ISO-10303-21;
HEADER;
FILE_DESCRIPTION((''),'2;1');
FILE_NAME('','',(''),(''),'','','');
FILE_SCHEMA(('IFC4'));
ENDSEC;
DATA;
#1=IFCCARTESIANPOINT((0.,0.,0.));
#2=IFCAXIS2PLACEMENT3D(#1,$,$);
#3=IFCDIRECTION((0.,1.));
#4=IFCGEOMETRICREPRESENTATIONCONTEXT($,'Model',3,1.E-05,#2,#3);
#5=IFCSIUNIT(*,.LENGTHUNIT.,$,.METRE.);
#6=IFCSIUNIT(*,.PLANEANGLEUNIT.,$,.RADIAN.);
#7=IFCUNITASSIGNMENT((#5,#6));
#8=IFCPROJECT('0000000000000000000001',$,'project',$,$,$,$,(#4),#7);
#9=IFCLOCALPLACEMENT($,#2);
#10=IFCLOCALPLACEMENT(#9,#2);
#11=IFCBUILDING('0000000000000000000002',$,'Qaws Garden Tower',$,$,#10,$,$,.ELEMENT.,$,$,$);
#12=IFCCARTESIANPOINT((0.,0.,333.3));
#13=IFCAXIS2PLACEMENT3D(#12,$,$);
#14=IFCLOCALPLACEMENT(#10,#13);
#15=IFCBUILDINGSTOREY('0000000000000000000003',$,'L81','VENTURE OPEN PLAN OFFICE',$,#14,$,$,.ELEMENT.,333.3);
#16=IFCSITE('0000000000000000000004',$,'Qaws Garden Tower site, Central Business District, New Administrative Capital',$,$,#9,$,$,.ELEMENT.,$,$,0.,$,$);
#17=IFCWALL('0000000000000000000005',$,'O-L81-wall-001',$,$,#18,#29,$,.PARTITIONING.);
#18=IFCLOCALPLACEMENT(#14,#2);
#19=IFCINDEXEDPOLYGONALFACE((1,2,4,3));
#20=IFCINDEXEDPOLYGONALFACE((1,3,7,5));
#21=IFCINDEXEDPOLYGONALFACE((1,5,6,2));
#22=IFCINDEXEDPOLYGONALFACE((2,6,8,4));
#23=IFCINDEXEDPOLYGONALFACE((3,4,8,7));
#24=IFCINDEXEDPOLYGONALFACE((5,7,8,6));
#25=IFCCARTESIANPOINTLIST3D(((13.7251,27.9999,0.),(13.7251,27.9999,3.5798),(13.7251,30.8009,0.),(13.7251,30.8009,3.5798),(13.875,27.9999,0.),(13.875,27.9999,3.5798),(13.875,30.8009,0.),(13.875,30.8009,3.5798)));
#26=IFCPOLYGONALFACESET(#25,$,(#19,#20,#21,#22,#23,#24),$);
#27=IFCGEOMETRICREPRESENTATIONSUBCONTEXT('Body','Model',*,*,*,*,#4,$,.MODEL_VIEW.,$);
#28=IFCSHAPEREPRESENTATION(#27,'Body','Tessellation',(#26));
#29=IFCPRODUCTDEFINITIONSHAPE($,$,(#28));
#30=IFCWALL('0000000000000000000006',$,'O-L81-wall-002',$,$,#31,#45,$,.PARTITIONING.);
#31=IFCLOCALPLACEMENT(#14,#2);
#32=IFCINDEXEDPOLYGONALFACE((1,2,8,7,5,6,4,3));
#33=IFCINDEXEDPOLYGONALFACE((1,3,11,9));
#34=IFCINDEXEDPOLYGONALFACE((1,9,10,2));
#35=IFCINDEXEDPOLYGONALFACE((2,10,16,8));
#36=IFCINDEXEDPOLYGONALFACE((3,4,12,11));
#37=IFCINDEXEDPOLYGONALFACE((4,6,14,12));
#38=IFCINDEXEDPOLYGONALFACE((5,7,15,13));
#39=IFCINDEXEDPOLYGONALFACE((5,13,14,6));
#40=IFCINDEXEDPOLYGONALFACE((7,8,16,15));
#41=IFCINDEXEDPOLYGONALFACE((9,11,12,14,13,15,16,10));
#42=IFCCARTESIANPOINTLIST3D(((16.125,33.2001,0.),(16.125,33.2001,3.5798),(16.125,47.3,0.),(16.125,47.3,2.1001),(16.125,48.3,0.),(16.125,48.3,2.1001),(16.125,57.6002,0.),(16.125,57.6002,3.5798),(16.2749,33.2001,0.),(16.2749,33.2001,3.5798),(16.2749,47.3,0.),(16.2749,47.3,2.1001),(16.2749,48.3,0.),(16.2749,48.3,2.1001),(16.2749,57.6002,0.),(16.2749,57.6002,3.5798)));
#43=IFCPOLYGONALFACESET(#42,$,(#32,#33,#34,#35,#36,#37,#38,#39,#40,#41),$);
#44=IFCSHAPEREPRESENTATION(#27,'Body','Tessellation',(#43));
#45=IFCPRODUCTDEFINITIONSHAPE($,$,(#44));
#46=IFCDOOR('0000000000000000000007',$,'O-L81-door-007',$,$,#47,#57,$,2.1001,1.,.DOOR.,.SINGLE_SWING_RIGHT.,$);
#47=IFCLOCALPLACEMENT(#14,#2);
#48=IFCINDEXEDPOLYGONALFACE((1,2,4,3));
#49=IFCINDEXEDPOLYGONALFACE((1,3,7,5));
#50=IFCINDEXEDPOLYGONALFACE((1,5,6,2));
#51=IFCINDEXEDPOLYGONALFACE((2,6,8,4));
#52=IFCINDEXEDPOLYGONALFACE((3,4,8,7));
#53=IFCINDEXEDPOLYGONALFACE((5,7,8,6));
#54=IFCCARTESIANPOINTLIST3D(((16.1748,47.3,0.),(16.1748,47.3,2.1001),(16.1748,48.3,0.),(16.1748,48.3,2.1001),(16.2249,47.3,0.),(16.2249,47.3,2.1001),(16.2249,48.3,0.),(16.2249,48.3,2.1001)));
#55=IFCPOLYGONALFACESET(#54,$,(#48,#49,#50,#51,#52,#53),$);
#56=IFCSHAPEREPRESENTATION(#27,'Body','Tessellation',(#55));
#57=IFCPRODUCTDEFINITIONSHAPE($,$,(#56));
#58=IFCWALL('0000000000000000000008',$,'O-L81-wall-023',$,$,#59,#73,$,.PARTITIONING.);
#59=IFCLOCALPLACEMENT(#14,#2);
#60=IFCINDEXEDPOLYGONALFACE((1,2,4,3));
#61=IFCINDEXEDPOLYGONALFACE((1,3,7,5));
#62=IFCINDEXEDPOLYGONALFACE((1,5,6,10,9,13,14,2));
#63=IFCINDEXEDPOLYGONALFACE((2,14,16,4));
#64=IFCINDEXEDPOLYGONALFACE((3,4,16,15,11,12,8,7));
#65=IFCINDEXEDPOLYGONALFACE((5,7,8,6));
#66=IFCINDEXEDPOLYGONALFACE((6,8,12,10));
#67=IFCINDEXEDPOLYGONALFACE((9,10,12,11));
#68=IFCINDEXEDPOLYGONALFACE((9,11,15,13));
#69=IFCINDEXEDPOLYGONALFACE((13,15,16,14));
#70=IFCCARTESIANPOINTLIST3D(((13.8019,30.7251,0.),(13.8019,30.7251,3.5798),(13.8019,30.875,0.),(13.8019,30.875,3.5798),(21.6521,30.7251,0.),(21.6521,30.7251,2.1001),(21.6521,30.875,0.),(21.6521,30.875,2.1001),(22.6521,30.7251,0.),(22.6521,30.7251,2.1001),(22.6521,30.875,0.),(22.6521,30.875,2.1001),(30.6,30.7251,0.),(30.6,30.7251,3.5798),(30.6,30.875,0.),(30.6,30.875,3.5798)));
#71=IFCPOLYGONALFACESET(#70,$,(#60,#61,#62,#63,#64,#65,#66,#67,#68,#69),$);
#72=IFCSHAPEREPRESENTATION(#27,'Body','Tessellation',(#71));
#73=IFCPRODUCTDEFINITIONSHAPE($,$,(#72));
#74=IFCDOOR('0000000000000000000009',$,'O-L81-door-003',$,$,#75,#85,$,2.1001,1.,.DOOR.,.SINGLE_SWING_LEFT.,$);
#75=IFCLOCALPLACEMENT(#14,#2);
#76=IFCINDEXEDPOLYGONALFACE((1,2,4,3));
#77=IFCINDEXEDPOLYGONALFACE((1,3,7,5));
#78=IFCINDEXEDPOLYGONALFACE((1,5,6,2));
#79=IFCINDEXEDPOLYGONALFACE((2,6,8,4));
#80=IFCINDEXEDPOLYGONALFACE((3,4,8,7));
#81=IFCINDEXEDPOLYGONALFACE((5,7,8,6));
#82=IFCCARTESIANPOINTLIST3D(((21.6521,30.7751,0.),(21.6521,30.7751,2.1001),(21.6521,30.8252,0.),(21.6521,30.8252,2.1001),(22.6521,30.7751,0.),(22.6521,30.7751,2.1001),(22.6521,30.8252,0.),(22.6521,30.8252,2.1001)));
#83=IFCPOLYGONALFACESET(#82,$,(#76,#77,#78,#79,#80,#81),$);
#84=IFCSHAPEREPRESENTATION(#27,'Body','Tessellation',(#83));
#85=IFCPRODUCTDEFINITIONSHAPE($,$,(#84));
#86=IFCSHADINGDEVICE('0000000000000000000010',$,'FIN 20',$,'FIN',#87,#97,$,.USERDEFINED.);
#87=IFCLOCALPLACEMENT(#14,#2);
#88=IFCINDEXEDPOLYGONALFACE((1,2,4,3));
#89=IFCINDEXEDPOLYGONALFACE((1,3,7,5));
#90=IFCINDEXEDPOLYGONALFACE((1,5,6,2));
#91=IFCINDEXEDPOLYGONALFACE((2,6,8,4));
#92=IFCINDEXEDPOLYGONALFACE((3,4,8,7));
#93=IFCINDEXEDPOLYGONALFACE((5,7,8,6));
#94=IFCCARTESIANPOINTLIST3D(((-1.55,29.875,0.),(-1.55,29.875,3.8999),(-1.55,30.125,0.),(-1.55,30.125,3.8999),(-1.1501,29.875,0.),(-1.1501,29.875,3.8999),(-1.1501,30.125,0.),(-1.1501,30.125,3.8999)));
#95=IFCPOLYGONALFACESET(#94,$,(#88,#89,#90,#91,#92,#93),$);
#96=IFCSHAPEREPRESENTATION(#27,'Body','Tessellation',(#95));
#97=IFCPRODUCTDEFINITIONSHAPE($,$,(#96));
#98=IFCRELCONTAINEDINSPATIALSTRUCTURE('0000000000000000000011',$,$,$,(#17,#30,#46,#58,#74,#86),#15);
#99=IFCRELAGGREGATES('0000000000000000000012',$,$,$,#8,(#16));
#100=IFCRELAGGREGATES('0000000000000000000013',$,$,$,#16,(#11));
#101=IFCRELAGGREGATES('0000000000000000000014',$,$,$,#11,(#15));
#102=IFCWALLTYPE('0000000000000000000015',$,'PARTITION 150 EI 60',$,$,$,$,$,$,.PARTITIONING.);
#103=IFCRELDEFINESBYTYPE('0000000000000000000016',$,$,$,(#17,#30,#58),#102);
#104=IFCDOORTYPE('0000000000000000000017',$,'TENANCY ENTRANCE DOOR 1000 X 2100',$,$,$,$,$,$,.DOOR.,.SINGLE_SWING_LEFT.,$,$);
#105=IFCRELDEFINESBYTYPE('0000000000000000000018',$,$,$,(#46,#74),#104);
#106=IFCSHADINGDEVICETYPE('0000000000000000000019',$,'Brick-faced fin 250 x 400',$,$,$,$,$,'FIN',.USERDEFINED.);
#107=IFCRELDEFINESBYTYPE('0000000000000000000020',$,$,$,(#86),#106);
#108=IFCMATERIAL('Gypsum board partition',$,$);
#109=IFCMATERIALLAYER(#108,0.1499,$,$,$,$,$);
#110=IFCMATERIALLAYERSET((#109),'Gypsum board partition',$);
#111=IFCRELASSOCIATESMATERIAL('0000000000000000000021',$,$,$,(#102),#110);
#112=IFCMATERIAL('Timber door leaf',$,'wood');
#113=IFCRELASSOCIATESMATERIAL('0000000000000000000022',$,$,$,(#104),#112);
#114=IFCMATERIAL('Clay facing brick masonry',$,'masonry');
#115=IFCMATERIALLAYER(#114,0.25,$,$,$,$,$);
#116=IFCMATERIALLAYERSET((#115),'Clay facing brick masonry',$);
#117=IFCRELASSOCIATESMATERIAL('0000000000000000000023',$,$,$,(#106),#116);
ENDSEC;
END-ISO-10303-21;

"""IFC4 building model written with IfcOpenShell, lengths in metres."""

from ifc_helpers import new_model, si_unit, direction, frame, frame_2d, origin, origin_2d, place, context, subcontext, project, spatial, rectangle, extrude, material, layer, layer_set, type_object, element, fill, save


model = new_model("IFC4")

# Units and contexts
model_context = context("Model", 3, precision=1e-05, world=origin(), true_north=direction((0.0, 1.0)))
body_context = subcontext(model_context, "Body", "Model", "MODEL_VIEW")
ifc_project = project(units=[si_unit("LENGTHUNIT", "METRE"), si_unit("PLANEANGLEUNIT", "RADIAN")], contexts=[model_context])

# Site, building, storey
site_placement = place(None, origin())
site = spatial("IfcSite", under=ifc_project, at=site_placement, Name="Qaws Garden Tower site, Central Business District, New Administrative Capital", CompositionType="ELEMENT", RefElevation=0.0)
building_placement = place(site_placement, origin())
building = spatial("IfcBuilding", under=site, at=building_placement, Name="Qaws Garden Tower", CompositionType="ELEMENT")
storey_placement = place(building_placement, frame((0.0, 0.0, 333.3)))
storey = spatial("IfcBuildingStorey", under=building, at=storey_placement, Name="L81", Description="VENTURE OPEN PLAN OFFICE", CompositionType="ELEMENT", Elevation=333.3)

# Wall
ifc_material_1 = material(Name="Gypsum board partition")
ifc_layer_1 = layer(ifc_material_1, 0.1499)
ifc_layer_set_1 = layer_set([ifc_layer_1], Name="Gypsum board partition")
wall_type_1 = type_object("IfcWallType", Name="PARTITION 150 EI 60", PredefinedType="PARTITIONING", material=ifc_layer_set_1)
wall_1_placement = place(storey_placement, frame((13.8, 28.0, 0.0), z_axis=(0.0, 0.0, 1.0), x_axis=(0.0, 1.0, 0.0)))
element("IfcWall", 1, at=wall_1_placement, inside=storey, type_object=wall_type_1, Name="O-L81-wall-001", PredefinedType="PARTITIONING", context=body_context, shape_type="SweptSolid", body=[
    extrude(rectangle(XDim=2.801, YDim=0.1499, at=frame_2d((1.4004, 0.0))), origin(), (0.0, 0.0, 1.0), 3.5798),
])

# Walls, openings, doors
wall_2_placement = place(storey_placement, frame((16.2, 33.2, 0.0), z_axis=(0.0, 0.0, 1.0), x_axis=(0.0, 1.0, 0.0)))
wall_2 = element("IfcWall", 2, at=wall_2_placement, inside=storey, type_object=wall_type_1, Name="O-L81-wall-002", PredefinedType="PARTITIONING", context=body_context, shape_type="SweptSolid", body=[
    extrude(rectangle(XDim=24.4001, YDim=0.1499, at=frame_2d((12.2002, 0.0))), origin(), (0.0, 0.0, 1.0), 3.5798),
])
opening_1_placement = place(wall_2_placement, frame((14.1001, 0.0, 0.0)))
opening_1 = element("IfcOpeningElement", 3, at=opening_1_placement, cuts=wall_2, PredefinedType="OPENING", context=body_context, shape_type="SweptSolid", body=[
    extrude(rectangle(XDim=1.0, YDim=2.1001, at=frame_2d((0.5, 1.05))), frame((0.0, 0.085, 0.0), z_axis=(0.0, -1.0, 0.0), x_axis=(1.0, 0.0, 0.0)), (0.0, 0.0, 1.0), 0.1699),
])
ifc_material_2 = material(Name="Timber door leaf", Category="wood")
door_type_1 = type_object("IfcDoorType", Name="TENANCY ENTRANCE DOOR 1000 X 2100", OperationType="SINGLE_SWING_LEFT", PredefinedType="DOOR", material=ifc_material_2)
door_1_placement = place(opening_1_placement, frame((1.0, 0.0, 0.0), z_axis=(0.0, 0.0, 1.0), x_axis=(-1.0, 0.0, 0.0)))
door_1 = element("IfcDoor", 4, at=door_1_placement, inside=storey, type_object=door_type_1, Name="O-L81-door-007", OperationType="SINGLE_SWING_RIGHT", OverallHeight=2.1001, OverallWidth=1.0, PredefinedType="DOOR", context=body_context, shape_type="SweptSolid", body=[
    extrude(rectangle(XDim=1.0, YDim=2.1001, at=frame_2d((0.5, 1.05))), frame((0.0, 0.0249, 0.0), z_axis=(0.0, -1.0, 0.0), x_axis=(1.0, 0.0, 0.0)), (0.0, 0.0, 1.0), 0.05),
])
fill(opening_1, door_1)
wall_3_placement = place(storey_placement, frame((13.802, 30.8, 0.0), z_axis=(0.0, 0.0, 1.0), x_axis=(1.0, 0.0, 0.0)))
wall_3 = element("IfcWall", 5, at=wall_3_placement, inside=storey, type_object=wall_type_1, Name="O-L81-wall-023", PredefinedType="PARTITIONING", context=body_context, shape_type="SweptSolid", body=[
    extrude(rectangle(XDim=16.7981, YDim=0.1499, at=frame_2d((8.3989, 0.0))), origin(), (0.0, 0.0, 1.0), 3.5798),
])
opening_2_placement = place(wall_3_placement, frame((7.8501, 0.0, 0.0)))
opening_2 = element("IfcOpeningElement", 6, at=opening_2_placement, cuts=wall_3, PredefinedType="OPENING", context=body_context, shape_type="SweptSolid", body=[
    extrude(rectangle(XDim=1.0, YDim=2.1001, at=frame_2d((0.5, 1.05))), frame((0.0, 0.085, 0.0), z_axis=(0.0, -1.0, 0.0), x_axis=(1.0, 0.0, 0.0)), (0.0, 0.0, 1.0), 0.1699),
])
door_2_placement = place(opening_2_placement, frame((1.0, 0.0, 0.0), z_axis=(0.0, 0.0, 1.0), x_axis=(-1.0, 0.0, 0.0)))
door_2 = element("IfcDoor", 7, at=door_2_placement, inside=storey, type_object=door_type_1, Name="O-L81-door-003", OperationType="SINGLE_SWING_LEFT", OverallHeight=2.1001, OverallWidth=1.0, PredefinedType="DOOR", context=body_context, shape_type="SweptSolid", body=[
    extrude(rectangle(XDim=1.0, YDim=2.1001, at=frame_2d((0.5, 1.05))), frame((0.0, 0.0249, 0.0), z_axis=(0.0, -1.0, 0.0), x_axis=(1.0, 0.0, 0.0)), (0.0, 0.0, 1.0), 0.05),
])
fill(opening_2, door_2)

# Shading device
ifc_material_3 = material(Name="Clay facing brick masonry", Category="masonry")
ifc_layer_2 = layer(ifc_material_3, 0.25)
ifc_layer_set_2 = layer_set([ifc_layer_2], Name="Clay facing brick masonry")
shading_device_type = type_object("IfcShadingDeviceType", Name="Brick-faced fin 250 x 400", ElementType="FIN", PredefinedType="USERDEFINED", material=ifc_layer_set_2)
shading_device_placement = place(storey_placement, frame((-1.3501, 30.0, 0.0), z_axis=(0.0, 0.0, 1.0), x_axis=(0.0, -1.0, 0.0)))
element("IfcShadingDevice", 8, at=shading_device_placement, inside=storey, type_object=shading_device_type, Name="FIN 20", ObjectType="FIN", PredefinedType="USERDEFINED", context=body_context, shape_type="SweptSolid", body=[
    extrude(rectangle(XDim=0.25, YDim=0.3999, at=origin_2d()), origin(), (0.0, 0.0, 1.0), 3.8999),
])

save(model, "model.ifc")
